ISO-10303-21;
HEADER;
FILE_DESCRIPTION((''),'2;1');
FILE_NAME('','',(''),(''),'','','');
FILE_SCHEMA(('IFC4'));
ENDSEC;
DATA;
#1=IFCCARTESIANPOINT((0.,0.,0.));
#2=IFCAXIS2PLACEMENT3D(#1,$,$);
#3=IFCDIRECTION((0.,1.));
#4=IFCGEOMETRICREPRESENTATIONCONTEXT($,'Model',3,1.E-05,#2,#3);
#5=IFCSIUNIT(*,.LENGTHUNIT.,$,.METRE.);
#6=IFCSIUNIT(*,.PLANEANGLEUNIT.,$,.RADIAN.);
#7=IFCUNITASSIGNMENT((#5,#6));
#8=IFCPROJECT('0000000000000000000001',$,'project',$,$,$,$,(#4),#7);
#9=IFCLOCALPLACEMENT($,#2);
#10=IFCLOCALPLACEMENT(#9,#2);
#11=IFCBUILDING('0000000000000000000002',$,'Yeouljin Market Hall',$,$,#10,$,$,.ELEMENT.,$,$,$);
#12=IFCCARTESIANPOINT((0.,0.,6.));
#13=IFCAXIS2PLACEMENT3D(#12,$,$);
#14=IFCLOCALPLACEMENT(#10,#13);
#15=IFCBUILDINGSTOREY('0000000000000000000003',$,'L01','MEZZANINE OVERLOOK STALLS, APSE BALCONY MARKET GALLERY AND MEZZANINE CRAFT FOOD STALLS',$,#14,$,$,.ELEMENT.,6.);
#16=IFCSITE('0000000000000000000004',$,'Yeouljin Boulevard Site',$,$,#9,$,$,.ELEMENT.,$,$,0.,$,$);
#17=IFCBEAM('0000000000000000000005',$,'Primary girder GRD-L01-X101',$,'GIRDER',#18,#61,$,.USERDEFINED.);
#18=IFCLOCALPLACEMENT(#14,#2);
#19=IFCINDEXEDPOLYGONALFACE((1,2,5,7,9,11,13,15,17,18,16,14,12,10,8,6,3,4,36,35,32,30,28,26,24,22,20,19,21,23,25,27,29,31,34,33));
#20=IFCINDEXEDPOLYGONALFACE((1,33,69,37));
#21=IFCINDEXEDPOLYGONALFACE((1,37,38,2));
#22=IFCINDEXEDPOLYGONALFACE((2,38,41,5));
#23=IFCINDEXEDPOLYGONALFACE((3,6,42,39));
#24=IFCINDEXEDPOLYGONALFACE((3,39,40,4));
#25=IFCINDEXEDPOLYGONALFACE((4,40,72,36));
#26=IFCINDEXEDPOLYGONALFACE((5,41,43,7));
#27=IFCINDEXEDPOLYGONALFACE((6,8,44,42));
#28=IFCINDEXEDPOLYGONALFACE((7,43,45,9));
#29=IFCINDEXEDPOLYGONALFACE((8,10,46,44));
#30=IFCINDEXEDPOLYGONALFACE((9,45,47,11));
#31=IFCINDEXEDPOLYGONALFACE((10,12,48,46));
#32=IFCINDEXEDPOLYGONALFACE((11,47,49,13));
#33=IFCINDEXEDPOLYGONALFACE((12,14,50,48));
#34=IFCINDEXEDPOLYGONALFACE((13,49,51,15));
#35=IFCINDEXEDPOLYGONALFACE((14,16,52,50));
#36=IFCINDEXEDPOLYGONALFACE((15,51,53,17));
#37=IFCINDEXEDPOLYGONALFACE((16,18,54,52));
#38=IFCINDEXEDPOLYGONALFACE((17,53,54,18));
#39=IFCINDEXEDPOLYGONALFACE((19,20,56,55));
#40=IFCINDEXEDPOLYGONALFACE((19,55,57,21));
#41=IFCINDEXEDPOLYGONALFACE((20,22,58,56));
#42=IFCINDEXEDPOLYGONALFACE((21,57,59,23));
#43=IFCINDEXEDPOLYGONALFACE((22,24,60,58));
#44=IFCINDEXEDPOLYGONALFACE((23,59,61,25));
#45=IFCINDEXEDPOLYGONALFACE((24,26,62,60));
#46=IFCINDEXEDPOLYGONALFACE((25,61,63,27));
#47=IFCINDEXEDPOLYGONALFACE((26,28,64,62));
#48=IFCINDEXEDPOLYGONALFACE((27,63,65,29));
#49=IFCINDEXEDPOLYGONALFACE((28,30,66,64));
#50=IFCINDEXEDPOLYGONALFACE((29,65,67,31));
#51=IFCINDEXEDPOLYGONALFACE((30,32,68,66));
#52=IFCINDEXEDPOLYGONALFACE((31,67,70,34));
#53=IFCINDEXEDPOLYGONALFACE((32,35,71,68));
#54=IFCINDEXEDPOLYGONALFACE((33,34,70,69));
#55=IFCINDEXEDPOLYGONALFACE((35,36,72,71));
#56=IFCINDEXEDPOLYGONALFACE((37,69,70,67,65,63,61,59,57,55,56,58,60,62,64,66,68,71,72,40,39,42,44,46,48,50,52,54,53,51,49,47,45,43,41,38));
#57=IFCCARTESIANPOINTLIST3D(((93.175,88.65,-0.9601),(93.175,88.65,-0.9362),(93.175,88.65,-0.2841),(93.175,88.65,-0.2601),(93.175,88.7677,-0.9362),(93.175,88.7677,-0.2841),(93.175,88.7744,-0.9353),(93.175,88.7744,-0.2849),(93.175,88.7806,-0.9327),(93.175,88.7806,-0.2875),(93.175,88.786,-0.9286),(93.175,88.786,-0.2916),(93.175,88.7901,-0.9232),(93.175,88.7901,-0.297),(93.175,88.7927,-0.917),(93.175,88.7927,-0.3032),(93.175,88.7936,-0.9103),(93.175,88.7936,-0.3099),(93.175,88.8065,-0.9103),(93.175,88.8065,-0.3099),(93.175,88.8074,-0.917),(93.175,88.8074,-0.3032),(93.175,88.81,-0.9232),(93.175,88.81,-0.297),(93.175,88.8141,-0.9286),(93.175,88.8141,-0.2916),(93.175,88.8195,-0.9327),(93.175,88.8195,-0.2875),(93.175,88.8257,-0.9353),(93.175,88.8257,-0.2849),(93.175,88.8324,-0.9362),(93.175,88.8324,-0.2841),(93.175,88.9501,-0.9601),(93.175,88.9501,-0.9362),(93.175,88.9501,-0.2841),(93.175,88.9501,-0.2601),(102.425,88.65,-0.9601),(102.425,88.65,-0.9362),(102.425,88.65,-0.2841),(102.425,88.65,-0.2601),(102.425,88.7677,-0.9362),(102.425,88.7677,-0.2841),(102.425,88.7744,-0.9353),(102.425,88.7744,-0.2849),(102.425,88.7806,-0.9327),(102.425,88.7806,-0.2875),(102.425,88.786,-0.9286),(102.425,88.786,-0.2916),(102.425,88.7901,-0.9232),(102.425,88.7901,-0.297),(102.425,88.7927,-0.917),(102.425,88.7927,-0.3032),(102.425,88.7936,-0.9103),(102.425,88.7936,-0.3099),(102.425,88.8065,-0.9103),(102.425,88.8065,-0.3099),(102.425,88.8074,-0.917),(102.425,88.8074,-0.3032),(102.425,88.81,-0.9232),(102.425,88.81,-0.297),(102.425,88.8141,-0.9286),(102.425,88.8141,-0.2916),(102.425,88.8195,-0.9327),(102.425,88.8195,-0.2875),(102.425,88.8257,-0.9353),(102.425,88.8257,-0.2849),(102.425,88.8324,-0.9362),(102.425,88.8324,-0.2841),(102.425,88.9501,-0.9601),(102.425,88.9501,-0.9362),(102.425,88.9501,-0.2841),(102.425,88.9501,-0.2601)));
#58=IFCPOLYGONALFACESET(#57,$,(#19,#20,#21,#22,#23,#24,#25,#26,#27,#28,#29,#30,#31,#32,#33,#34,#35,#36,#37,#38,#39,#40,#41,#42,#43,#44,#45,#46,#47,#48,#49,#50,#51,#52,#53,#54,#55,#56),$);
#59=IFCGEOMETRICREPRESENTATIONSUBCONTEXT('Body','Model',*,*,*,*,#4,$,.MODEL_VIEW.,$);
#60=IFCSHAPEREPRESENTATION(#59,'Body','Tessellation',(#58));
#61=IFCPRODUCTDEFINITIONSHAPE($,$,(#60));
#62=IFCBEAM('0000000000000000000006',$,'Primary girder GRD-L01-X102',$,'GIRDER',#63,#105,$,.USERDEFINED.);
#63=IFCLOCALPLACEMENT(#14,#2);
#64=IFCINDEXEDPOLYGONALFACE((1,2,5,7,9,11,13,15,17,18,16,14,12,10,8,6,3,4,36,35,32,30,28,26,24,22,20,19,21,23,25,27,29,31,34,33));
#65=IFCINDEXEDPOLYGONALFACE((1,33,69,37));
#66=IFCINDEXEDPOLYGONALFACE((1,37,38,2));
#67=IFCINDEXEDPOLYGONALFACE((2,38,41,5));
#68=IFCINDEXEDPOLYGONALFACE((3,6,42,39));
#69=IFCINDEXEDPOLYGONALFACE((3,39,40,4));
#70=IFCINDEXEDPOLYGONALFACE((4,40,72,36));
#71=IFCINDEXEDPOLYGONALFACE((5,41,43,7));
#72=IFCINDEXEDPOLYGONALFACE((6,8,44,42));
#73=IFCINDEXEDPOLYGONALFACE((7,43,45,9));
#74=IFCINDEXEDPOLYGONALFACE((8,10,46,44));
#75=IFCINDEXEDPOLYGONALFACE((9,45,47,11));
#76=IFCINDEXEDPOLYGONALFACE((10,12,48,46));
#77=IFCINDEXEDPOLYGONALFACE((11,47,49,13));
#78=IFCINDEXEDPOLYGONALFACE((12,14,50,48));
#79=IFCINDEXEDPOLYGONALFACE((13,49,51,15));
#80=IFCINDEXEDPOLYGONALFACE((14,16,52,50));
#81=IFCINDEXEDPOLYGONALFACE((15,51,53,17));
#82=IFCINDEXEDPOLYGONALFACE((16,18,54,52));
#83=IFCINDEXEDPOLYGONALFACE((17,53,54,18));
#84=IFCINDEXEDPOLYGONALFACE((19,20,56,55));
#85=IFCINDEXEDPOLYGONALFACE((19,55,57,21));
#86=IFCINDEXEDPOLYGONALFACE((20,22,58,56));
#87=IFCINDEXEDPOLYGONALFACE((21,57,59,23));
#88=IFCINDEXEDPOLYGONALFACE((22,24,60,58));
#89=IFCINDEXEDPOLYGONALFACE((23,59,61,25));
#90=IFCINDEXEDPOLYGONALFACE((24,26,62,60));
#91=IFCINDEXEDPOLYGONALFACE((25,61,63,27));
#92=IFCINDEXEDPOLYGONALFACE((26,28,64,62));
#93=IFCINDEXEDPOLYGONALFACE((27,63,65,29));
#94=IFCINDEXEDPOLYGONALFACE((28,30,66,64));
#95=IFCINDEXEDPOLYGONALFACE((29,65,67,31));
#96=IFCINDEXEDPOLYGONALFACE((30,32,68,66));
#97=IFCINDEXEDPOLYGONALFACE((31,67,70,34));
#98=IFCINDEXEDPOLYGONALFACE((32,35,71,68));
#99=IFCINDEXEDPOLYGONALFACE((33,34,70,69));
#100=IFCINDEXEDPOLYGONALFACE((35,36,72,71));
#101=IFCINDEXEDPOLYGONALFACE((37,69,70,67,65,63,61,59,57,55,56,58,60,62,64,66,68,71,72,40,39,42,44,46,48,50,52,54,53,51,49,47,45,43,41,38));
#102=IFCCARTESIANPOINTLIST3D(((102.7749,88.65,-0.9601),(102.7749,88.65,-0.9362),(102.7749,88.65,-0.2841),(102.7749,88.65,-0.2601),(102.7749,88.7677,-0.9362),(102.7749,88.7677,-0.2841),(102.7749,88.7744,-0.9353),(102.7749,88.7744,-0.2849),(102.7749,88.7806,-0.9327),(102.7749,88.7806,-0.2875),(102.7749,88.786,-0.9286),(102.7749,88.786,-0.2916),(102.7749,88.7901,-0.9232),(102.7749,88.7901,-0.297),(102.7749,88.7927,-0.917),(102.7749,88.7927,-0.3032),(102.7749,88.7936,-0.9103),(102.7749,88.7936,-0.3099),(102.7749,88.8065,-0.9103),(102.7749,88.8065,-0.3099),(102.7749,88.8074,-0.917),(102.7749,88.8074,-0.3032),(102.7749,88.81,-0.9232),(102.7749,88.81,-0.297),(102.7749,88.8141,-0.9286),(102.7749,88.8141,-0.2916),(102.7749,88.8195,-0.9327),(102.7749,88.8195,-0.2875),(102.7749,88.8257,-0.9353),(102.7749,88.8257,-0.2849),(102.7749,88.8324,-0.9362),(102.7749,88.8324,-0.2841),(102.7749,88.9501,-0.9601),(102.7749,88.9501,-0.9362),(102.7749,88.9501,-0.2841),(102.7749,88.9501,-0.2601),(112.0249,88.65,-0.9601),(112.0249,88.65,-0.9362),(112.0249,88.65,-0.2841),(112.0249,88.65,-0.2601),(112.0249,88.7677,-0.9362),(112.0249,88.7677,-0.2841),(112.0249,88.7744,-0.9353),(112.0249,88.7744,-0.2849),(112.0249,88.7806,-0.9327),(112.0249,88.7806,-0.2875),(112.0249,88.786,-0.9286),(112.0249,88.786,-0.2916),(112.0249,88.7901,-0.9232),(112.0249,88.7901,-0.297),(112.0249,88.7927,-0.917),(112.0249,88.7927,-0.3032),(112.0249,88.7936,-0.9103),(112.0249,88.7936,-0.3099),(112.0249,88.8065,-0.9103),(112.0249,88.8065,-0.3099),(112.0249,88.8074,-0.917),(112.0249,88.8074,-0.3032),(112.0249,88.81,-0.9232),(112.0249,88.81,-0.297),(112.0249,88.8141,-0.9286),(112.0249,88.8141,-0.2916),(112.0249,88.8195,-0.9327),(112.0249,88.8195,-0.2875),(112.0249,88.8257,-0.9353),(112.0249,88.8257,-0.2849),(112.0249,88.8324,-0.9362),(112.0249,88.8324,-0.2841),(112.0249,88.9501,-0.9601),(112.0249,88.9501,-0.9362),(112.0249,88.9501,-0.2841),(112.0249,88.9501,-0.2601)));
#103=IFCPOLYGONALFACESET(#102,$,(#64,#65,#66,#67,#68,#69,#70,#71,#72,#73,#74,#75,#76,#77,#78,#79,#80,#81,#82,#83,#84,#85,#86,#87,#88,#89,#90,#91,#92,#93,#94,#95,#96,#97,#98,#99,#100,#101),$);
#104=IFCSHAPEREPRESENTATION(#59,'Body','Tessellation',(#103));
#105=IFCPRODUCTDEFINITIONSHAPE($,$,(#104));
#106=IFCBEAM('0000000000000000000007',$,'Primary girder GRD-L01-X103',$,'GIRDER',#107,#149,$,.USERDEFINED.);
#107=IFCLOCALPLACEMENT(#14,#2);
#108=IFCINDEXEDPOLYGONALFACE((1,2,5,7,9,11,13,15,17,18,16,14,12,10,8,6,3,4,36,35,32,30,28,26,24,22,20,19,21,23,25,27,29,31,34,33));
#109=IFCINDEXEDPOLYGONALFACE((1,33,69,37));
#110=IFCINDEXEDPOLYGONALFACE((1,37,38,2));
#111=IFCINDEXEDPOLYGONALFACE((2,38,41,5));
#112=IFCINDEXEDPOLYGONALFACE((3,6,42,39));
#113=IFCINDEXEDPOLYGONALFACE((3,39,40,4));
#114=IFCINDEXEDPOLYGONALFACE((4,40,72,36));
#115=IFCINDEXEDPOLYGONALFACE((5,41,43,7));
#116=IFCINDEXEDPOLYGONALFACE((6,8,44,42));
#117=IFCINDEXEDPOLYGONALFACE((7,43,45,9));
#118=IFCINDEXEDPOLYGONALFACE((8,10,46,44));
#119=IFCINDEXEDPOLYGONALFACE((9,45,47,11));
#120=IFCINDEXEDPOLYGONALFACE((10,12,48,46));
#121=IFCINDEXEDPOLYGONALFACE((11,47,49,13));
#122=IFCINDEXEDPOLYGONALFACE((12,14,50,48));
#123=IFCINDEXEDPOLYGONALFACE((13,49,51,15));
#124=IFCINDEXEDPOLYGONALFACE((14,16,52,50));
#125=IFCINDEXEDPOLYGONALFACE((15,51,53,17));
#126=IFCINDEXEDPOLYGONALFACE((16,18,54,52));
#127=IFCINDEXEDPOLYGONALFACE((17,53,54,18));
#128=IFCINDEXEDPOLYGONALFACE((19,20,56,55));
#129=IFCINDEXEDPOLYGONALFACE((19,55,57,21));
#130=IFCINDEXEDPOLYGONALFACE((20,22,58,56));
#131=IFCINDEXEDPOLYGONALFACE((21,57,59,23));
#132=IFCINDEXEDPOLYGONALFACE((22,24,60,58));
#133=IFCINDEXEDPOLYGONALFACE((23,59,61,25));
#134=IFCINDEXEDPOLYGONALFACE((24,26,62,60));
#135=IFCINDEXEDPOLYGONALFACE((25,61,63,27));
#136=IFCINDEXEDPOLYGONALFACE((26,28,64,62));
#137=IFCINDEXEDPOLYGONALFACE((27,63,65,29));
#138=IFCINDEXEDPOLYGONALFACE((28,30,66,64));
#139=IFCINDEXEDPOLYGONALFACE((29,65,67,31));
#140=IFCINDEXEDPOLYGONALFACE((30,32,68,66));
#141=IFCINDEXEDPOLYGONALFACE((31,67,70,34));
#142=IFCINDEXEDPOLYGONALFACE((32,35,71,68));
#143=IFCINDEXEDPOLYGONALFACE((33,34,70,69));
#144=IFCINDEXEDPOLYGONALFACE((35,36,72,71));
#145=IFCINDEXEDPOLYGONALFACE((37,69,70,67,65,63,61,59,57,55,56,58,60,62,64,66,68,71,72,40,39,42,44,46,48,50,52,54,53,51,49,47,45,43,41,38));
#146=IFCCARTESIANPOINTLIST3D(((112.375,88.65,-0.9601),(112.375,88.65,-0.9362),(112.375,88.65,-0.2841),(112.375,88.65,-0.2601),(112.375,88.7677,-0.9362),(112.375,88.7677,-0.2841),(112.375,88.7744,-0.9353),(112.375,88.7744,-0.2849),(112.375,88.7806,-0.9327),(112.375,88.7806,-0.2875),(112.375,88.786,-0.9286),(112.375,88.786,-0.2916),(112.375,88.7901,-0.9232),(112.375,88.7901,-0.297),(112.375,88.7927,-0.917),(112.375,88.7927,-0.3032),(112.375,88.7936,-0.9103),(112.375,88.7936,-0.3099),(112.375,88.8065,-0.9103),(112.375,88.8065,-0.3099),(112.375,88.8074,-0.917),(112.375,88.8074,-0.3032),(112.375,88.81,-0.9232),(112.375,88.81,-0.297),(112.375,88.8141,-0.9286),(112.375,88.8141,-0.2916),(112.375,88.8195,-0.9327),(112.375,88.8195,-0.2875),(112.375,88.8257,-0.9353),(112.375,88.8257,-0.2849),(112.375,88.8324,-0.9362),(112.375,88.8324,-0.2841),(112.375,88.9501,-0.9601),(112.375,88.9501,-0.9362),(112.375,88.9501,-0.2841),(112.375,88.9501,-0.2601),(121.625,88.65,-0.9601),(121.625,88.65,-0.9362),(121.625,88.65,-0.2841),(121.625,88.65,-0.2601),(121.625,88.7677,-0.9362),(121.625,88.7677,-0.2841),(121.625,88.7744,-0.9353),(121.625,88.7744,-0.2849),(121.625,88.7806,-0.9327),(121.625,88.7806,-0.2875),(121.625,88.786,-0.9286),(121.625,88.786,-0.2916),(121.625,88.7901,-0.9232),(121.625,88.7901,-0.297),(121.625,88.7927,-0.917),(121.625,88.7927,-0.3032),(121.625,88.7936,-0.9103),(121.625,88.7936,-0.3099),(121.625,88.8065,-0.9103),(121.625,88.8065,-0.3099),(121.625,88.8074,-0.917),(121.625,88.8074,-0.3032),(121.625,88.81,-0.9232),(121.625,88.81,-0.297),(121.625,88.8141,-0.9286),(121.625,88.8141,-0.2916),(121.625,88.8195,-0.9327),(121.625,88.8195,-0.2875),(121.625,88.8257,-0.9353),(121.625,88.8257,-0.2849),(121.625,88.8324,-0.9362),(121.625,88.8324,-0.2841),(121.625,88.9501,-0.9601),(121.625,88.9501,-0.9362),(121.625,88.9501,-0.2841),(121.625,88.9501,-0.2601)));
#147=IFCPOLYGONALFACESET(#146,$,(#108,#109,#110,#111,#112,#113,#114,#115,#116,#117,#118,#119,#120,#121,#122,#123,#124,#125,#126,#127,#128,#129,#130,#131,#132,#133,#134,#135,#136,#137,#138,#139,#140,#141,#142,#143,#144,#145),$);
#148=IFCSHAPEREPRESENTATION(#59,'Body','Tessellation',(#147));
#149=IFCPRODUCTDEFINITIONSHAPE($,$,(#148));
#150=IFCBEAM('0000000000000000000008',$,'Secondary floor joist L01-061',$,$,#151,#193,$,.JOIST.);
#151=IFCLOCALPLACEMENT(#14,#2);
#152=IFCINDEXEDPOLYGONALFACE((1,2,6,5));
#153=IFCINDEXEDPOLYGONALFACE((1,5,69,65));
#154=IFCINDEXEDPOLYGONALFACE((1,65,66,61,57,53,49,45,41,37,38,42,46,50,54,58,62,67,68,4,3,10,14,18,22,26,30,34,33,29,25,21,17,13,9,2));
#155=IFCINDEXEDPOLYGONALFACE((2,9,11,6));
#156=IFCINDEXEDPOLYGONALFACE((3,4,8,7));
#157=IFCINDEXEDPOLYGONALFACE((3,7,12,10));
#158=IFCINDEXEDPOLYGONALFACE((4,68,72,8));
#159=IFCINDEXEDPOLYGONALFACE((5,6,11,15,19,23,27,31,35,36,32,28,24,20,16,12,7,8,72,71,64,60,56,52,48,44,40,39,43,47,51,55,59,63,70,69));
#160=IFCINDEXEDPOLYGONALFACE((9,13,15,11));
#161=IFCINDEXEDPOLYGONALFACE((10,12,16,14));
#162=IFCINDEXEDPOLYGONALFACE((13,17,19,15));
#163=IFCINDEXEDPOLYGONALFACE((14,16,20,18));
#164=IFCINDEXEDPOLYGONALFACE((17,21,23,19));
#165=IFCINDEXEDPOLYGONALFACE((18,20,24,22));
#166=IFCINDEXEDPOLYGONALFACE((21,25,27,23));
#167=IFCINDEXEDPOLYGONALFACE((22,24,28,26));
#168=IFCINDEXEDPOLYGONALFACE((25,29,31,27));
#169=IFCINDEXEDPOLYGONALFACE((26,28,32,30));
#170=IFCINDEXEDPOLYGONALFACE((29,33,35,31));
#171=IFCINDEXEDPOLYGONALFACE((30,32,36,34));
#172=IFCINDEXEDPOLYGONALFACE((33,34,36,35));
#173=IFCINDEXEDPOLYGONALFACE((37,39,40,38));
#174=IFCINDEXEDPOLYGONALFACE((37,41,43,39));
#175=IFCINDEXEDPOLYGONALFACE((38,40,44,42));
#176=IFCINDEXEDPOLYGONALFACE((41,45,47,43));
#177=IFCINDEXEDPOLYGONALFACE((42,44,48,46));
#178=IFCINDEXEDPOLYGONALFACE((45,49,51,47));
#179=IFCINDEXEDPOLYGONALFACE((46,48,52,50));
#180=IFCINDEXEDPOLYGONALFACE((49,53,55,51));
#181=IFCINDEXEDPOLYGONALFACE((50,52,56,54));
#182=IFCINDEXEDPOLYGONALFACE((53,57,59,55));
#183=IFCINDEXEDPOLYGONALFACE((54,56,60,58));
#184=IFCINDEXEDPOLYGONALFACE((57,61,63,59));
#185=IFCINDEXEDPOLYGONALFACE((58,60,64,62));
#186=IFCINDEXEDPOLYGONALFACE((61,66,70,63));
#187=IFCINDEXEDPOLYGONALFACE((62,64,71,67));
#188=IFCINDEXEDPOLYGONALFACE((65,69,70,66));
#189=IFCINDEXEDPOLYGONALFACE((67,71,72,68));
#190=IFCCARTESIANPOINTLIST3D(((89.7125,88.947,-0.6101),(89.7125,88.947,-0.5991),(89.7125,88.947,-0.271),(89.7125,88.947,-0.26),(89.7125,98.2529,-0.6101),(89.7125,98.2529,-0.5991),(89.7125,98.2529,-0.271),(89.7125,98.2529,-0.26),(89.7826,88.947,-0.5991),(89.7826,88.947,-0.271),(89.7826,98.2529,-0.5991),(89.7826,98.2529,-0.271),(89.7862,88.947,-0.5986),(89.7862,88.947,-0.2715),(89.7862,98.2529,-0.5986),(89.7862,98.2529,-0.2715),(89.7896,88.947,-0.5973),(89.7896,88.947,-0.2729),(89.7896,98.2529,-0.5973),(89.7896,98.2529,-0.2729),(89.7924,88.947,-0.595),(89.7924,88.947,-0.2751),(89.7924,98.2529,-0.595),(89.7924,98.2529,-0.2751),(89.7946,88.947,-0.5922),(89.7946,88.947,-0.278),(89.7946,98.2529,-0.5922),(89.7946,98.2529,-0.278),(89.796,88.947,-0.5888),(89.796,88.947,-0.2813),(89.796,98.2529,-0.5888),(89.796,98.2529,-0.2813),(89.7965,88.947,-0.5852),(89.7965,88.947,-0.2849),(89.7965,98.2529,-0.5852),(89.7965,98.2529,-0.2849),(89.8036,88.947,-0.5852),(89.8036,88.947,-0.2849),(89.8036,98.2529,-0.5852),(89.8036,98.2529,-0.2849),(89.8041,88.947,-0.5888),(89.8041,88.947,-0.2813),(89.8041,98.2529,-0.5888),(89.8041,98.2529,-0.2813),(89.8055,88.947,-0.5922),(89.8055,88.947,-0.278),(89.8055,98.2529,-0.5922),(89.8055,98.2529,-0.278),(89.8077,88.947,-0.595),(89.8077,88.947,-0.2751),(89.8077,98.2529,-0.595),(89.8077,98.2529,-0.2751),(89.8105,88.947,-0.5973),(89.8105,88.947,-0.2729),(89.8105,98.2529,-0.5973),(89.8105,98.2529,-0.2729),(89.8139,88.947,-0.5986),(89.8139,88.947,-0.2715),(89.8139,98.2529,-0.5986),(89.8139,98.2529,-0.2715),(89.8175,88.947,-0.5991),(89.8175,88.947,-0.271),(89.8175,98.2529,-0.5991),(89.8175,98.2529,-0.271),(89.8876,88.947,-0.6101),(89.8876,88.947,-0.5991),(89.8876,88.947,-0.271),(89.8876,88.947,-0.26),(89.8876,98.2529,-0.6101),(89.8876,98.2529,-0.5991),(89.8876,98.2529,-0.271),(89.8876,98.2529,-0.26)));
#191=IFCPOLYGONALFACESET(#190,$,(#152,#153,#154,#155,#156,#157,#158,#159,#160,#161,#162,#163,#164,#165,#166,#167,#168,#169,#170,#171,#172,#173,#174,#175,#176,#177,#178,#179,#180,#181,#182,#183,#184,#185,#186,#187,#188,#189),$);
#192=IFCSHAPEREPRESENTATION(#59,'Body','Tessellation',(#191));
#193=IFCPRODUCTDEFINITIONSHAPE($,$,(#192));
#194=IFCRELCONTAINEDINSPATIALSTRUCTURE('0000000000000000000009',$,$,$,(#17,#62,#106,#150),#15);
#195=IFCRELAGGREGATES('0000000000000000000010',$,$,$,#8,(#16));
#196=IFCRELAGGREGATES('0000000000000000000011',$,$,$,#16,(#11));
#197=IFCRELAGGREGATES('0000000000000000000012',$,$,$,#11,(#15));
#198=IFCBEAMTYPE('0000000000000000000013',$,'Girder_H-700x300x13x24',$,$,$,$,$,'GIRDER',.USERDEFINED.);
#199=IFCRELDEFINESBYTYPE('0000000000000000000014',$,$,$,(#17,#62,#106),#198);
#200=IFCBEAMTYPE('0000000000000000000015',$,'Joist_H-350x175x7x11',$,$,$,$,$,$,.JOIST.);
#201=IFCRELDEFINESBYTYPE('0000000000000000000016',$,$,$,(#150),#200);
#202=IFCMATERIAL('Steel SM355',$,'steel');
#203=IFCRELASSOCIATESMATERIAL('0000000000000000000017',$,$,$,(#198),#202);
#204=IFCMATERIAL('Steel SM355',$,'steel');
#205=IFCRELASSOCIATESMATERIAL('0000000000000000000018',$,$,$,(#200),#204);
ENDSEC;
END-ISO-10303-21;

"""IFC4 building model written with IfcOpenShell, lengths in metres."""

from ifc_helpers import new_model, si_unit, direction, frame, origin, origin_2d, place, context, subcontext, project, spatial, i_section, extrude, material, material_profile, profile_set, type_object, element, save


model = new_model("IFC4")

# Units and contexts
model_context = context("Model", 3, precision=1e-05, world=origin(), true_north=direction((0.0, 1.0)))
body_context = subcontext(model_context, "Body", "Model", "MODEL_VIEW")
ifc_project = project(units=[si_unit("LENGTHUNIT", "METRE"), si_unit("PLANEANGLEUNIT", "RADIAN")], contexts=[model_context])

# Site, building, storey
site_placement = place(None, origin())
site = spatial("IfcSite", under=ifc_project, at=site_placement, Name="Yeouljin Boulevard Site", CompositionType="ELEMENT", RefElevation=0.0)
building_placement = place(site_placement, origin())
building = spatial("IfcBuilding", under=site, at=building_placement, Name="Yeouljin Market Hall", CompositionType="ELEMENT")
storey_placement = place(building_placement, frame((0.0, 0.0, 6.0)))
storey = spatial("IfcBuildingStorey", under=building, at=storey_placement, Name="L01", Description="MEZZANINE OVERLOOK STALLS, APSE BALCONY MARKET GALLERY AND MEZZANINE CRAFT FOOD STALLS", CompositionType="ELEMENT", Elevation=6.0)

# Beams
ifc_material_1 = material(Name="Steel SM355", Category="steel")
ifc_material_profile_1 = material_profile(ifc_material_1, i_section(OverallWidth=0.3, OverallDepth=0.7, WebThickness=0.0129, FlangeThickness=0.0239, FilletRadius=0.0259, at=origin_2d()), Name="H-700x300x13x24")
ifc_profile_set_1 = profile_set([ifc_material_profile_1], Name="Steel SM355")
beam_type_1 = type_object("IfcBeamType", Name="Girder_H-700x300x13x24", ElementType="GIRDER", PredefinedType="USERDEFINED", material=ifc_profile_set_1)
for number, where, z_axis, x_axis, name in (
    (1, (93.175, 88.8, -0.6101), (1.0, 0.0, 0.0), (0.0, 1.0, 0.0), "Primary girder GRD-L01-X101"),
    (2, (102.7749, 88.8, -0.6101), (1.0, 0.0, 0.0), (0.0, 1.0, 0.0), "Primary girder GRD-L01-X102"),
    (3, (112.375, 88.8, -0.6101), (1.0, 0.0, 0.0), (0.0, 1.0, 0.0), "Primary girder GRD-L01-X103"),
):
    element("IfcBeam", number, at=place(storey_placement, frame(where, z_axis=z_axis, x_axis=x_axis)), inside=storey, type_object=beam_type_1, Name=name, ObjectType="GIRDER", PredefinedType="USERDEFINED", context=body_context, shape_type="SweptSolid", body=[
        extrude(i_section(OverallWidth=0.3, OverallDepth=0.7, WebThickness=0.0129, FlangeThickness=0.0239, FilletRadius=0.0259, at=origin_2d()), origin(), (0.0, 0.0, 1.0), 9.25),
    ])
ifc_material_2 = material(Name="Steel SM355", Category="steel")
ifc_material_profile_2 = material_profile(ifc_material_2, i_section(OverallWidth=0.175, OverallDepth=0.3501, WebThickness=0.0071, FlangeThickness=0.011, FilletRadius=0.0139, at=origin_2d()), Name="H-350x175x7x11")
ifc_profile_set_2 = profile_set([ifc_material_profile_2], Name="Steel SM355")
beam_type_2 = type_object("IfcBeamType", Name="Joist_H-350x175x7x11", PredefinedType="JOIST", material=ifc_profile_set_2)
for number, where, z_axis, x_axis, name in (
    (4, (89.8, 88.947, -0.4351), (0.0, 1.0, 0.0), (-1.0, 0.0, 0.0), "Secondary floor joist L01-061"),
):
    element("IfcBeam", number, at=place(storey_placement, frame(where, z_axis=z_axis, x_axis=x_axis)), inside=storey, type_object=beam_type_2, Name=name, PredefinedType="JOIST", context=body_context, shape_type="SweptSolid", body=[
        extrude(i_section(OverallWidth=0.175, OverallDepth=0.3501, WebThickness=0.0071, FlangeThickness=0.011, FilletRadius=0.0139, at=origin_2d()), origin(), (0.0, 0.0, 1.0), 9.3059),
    ])

save(model, "model.ifc")
